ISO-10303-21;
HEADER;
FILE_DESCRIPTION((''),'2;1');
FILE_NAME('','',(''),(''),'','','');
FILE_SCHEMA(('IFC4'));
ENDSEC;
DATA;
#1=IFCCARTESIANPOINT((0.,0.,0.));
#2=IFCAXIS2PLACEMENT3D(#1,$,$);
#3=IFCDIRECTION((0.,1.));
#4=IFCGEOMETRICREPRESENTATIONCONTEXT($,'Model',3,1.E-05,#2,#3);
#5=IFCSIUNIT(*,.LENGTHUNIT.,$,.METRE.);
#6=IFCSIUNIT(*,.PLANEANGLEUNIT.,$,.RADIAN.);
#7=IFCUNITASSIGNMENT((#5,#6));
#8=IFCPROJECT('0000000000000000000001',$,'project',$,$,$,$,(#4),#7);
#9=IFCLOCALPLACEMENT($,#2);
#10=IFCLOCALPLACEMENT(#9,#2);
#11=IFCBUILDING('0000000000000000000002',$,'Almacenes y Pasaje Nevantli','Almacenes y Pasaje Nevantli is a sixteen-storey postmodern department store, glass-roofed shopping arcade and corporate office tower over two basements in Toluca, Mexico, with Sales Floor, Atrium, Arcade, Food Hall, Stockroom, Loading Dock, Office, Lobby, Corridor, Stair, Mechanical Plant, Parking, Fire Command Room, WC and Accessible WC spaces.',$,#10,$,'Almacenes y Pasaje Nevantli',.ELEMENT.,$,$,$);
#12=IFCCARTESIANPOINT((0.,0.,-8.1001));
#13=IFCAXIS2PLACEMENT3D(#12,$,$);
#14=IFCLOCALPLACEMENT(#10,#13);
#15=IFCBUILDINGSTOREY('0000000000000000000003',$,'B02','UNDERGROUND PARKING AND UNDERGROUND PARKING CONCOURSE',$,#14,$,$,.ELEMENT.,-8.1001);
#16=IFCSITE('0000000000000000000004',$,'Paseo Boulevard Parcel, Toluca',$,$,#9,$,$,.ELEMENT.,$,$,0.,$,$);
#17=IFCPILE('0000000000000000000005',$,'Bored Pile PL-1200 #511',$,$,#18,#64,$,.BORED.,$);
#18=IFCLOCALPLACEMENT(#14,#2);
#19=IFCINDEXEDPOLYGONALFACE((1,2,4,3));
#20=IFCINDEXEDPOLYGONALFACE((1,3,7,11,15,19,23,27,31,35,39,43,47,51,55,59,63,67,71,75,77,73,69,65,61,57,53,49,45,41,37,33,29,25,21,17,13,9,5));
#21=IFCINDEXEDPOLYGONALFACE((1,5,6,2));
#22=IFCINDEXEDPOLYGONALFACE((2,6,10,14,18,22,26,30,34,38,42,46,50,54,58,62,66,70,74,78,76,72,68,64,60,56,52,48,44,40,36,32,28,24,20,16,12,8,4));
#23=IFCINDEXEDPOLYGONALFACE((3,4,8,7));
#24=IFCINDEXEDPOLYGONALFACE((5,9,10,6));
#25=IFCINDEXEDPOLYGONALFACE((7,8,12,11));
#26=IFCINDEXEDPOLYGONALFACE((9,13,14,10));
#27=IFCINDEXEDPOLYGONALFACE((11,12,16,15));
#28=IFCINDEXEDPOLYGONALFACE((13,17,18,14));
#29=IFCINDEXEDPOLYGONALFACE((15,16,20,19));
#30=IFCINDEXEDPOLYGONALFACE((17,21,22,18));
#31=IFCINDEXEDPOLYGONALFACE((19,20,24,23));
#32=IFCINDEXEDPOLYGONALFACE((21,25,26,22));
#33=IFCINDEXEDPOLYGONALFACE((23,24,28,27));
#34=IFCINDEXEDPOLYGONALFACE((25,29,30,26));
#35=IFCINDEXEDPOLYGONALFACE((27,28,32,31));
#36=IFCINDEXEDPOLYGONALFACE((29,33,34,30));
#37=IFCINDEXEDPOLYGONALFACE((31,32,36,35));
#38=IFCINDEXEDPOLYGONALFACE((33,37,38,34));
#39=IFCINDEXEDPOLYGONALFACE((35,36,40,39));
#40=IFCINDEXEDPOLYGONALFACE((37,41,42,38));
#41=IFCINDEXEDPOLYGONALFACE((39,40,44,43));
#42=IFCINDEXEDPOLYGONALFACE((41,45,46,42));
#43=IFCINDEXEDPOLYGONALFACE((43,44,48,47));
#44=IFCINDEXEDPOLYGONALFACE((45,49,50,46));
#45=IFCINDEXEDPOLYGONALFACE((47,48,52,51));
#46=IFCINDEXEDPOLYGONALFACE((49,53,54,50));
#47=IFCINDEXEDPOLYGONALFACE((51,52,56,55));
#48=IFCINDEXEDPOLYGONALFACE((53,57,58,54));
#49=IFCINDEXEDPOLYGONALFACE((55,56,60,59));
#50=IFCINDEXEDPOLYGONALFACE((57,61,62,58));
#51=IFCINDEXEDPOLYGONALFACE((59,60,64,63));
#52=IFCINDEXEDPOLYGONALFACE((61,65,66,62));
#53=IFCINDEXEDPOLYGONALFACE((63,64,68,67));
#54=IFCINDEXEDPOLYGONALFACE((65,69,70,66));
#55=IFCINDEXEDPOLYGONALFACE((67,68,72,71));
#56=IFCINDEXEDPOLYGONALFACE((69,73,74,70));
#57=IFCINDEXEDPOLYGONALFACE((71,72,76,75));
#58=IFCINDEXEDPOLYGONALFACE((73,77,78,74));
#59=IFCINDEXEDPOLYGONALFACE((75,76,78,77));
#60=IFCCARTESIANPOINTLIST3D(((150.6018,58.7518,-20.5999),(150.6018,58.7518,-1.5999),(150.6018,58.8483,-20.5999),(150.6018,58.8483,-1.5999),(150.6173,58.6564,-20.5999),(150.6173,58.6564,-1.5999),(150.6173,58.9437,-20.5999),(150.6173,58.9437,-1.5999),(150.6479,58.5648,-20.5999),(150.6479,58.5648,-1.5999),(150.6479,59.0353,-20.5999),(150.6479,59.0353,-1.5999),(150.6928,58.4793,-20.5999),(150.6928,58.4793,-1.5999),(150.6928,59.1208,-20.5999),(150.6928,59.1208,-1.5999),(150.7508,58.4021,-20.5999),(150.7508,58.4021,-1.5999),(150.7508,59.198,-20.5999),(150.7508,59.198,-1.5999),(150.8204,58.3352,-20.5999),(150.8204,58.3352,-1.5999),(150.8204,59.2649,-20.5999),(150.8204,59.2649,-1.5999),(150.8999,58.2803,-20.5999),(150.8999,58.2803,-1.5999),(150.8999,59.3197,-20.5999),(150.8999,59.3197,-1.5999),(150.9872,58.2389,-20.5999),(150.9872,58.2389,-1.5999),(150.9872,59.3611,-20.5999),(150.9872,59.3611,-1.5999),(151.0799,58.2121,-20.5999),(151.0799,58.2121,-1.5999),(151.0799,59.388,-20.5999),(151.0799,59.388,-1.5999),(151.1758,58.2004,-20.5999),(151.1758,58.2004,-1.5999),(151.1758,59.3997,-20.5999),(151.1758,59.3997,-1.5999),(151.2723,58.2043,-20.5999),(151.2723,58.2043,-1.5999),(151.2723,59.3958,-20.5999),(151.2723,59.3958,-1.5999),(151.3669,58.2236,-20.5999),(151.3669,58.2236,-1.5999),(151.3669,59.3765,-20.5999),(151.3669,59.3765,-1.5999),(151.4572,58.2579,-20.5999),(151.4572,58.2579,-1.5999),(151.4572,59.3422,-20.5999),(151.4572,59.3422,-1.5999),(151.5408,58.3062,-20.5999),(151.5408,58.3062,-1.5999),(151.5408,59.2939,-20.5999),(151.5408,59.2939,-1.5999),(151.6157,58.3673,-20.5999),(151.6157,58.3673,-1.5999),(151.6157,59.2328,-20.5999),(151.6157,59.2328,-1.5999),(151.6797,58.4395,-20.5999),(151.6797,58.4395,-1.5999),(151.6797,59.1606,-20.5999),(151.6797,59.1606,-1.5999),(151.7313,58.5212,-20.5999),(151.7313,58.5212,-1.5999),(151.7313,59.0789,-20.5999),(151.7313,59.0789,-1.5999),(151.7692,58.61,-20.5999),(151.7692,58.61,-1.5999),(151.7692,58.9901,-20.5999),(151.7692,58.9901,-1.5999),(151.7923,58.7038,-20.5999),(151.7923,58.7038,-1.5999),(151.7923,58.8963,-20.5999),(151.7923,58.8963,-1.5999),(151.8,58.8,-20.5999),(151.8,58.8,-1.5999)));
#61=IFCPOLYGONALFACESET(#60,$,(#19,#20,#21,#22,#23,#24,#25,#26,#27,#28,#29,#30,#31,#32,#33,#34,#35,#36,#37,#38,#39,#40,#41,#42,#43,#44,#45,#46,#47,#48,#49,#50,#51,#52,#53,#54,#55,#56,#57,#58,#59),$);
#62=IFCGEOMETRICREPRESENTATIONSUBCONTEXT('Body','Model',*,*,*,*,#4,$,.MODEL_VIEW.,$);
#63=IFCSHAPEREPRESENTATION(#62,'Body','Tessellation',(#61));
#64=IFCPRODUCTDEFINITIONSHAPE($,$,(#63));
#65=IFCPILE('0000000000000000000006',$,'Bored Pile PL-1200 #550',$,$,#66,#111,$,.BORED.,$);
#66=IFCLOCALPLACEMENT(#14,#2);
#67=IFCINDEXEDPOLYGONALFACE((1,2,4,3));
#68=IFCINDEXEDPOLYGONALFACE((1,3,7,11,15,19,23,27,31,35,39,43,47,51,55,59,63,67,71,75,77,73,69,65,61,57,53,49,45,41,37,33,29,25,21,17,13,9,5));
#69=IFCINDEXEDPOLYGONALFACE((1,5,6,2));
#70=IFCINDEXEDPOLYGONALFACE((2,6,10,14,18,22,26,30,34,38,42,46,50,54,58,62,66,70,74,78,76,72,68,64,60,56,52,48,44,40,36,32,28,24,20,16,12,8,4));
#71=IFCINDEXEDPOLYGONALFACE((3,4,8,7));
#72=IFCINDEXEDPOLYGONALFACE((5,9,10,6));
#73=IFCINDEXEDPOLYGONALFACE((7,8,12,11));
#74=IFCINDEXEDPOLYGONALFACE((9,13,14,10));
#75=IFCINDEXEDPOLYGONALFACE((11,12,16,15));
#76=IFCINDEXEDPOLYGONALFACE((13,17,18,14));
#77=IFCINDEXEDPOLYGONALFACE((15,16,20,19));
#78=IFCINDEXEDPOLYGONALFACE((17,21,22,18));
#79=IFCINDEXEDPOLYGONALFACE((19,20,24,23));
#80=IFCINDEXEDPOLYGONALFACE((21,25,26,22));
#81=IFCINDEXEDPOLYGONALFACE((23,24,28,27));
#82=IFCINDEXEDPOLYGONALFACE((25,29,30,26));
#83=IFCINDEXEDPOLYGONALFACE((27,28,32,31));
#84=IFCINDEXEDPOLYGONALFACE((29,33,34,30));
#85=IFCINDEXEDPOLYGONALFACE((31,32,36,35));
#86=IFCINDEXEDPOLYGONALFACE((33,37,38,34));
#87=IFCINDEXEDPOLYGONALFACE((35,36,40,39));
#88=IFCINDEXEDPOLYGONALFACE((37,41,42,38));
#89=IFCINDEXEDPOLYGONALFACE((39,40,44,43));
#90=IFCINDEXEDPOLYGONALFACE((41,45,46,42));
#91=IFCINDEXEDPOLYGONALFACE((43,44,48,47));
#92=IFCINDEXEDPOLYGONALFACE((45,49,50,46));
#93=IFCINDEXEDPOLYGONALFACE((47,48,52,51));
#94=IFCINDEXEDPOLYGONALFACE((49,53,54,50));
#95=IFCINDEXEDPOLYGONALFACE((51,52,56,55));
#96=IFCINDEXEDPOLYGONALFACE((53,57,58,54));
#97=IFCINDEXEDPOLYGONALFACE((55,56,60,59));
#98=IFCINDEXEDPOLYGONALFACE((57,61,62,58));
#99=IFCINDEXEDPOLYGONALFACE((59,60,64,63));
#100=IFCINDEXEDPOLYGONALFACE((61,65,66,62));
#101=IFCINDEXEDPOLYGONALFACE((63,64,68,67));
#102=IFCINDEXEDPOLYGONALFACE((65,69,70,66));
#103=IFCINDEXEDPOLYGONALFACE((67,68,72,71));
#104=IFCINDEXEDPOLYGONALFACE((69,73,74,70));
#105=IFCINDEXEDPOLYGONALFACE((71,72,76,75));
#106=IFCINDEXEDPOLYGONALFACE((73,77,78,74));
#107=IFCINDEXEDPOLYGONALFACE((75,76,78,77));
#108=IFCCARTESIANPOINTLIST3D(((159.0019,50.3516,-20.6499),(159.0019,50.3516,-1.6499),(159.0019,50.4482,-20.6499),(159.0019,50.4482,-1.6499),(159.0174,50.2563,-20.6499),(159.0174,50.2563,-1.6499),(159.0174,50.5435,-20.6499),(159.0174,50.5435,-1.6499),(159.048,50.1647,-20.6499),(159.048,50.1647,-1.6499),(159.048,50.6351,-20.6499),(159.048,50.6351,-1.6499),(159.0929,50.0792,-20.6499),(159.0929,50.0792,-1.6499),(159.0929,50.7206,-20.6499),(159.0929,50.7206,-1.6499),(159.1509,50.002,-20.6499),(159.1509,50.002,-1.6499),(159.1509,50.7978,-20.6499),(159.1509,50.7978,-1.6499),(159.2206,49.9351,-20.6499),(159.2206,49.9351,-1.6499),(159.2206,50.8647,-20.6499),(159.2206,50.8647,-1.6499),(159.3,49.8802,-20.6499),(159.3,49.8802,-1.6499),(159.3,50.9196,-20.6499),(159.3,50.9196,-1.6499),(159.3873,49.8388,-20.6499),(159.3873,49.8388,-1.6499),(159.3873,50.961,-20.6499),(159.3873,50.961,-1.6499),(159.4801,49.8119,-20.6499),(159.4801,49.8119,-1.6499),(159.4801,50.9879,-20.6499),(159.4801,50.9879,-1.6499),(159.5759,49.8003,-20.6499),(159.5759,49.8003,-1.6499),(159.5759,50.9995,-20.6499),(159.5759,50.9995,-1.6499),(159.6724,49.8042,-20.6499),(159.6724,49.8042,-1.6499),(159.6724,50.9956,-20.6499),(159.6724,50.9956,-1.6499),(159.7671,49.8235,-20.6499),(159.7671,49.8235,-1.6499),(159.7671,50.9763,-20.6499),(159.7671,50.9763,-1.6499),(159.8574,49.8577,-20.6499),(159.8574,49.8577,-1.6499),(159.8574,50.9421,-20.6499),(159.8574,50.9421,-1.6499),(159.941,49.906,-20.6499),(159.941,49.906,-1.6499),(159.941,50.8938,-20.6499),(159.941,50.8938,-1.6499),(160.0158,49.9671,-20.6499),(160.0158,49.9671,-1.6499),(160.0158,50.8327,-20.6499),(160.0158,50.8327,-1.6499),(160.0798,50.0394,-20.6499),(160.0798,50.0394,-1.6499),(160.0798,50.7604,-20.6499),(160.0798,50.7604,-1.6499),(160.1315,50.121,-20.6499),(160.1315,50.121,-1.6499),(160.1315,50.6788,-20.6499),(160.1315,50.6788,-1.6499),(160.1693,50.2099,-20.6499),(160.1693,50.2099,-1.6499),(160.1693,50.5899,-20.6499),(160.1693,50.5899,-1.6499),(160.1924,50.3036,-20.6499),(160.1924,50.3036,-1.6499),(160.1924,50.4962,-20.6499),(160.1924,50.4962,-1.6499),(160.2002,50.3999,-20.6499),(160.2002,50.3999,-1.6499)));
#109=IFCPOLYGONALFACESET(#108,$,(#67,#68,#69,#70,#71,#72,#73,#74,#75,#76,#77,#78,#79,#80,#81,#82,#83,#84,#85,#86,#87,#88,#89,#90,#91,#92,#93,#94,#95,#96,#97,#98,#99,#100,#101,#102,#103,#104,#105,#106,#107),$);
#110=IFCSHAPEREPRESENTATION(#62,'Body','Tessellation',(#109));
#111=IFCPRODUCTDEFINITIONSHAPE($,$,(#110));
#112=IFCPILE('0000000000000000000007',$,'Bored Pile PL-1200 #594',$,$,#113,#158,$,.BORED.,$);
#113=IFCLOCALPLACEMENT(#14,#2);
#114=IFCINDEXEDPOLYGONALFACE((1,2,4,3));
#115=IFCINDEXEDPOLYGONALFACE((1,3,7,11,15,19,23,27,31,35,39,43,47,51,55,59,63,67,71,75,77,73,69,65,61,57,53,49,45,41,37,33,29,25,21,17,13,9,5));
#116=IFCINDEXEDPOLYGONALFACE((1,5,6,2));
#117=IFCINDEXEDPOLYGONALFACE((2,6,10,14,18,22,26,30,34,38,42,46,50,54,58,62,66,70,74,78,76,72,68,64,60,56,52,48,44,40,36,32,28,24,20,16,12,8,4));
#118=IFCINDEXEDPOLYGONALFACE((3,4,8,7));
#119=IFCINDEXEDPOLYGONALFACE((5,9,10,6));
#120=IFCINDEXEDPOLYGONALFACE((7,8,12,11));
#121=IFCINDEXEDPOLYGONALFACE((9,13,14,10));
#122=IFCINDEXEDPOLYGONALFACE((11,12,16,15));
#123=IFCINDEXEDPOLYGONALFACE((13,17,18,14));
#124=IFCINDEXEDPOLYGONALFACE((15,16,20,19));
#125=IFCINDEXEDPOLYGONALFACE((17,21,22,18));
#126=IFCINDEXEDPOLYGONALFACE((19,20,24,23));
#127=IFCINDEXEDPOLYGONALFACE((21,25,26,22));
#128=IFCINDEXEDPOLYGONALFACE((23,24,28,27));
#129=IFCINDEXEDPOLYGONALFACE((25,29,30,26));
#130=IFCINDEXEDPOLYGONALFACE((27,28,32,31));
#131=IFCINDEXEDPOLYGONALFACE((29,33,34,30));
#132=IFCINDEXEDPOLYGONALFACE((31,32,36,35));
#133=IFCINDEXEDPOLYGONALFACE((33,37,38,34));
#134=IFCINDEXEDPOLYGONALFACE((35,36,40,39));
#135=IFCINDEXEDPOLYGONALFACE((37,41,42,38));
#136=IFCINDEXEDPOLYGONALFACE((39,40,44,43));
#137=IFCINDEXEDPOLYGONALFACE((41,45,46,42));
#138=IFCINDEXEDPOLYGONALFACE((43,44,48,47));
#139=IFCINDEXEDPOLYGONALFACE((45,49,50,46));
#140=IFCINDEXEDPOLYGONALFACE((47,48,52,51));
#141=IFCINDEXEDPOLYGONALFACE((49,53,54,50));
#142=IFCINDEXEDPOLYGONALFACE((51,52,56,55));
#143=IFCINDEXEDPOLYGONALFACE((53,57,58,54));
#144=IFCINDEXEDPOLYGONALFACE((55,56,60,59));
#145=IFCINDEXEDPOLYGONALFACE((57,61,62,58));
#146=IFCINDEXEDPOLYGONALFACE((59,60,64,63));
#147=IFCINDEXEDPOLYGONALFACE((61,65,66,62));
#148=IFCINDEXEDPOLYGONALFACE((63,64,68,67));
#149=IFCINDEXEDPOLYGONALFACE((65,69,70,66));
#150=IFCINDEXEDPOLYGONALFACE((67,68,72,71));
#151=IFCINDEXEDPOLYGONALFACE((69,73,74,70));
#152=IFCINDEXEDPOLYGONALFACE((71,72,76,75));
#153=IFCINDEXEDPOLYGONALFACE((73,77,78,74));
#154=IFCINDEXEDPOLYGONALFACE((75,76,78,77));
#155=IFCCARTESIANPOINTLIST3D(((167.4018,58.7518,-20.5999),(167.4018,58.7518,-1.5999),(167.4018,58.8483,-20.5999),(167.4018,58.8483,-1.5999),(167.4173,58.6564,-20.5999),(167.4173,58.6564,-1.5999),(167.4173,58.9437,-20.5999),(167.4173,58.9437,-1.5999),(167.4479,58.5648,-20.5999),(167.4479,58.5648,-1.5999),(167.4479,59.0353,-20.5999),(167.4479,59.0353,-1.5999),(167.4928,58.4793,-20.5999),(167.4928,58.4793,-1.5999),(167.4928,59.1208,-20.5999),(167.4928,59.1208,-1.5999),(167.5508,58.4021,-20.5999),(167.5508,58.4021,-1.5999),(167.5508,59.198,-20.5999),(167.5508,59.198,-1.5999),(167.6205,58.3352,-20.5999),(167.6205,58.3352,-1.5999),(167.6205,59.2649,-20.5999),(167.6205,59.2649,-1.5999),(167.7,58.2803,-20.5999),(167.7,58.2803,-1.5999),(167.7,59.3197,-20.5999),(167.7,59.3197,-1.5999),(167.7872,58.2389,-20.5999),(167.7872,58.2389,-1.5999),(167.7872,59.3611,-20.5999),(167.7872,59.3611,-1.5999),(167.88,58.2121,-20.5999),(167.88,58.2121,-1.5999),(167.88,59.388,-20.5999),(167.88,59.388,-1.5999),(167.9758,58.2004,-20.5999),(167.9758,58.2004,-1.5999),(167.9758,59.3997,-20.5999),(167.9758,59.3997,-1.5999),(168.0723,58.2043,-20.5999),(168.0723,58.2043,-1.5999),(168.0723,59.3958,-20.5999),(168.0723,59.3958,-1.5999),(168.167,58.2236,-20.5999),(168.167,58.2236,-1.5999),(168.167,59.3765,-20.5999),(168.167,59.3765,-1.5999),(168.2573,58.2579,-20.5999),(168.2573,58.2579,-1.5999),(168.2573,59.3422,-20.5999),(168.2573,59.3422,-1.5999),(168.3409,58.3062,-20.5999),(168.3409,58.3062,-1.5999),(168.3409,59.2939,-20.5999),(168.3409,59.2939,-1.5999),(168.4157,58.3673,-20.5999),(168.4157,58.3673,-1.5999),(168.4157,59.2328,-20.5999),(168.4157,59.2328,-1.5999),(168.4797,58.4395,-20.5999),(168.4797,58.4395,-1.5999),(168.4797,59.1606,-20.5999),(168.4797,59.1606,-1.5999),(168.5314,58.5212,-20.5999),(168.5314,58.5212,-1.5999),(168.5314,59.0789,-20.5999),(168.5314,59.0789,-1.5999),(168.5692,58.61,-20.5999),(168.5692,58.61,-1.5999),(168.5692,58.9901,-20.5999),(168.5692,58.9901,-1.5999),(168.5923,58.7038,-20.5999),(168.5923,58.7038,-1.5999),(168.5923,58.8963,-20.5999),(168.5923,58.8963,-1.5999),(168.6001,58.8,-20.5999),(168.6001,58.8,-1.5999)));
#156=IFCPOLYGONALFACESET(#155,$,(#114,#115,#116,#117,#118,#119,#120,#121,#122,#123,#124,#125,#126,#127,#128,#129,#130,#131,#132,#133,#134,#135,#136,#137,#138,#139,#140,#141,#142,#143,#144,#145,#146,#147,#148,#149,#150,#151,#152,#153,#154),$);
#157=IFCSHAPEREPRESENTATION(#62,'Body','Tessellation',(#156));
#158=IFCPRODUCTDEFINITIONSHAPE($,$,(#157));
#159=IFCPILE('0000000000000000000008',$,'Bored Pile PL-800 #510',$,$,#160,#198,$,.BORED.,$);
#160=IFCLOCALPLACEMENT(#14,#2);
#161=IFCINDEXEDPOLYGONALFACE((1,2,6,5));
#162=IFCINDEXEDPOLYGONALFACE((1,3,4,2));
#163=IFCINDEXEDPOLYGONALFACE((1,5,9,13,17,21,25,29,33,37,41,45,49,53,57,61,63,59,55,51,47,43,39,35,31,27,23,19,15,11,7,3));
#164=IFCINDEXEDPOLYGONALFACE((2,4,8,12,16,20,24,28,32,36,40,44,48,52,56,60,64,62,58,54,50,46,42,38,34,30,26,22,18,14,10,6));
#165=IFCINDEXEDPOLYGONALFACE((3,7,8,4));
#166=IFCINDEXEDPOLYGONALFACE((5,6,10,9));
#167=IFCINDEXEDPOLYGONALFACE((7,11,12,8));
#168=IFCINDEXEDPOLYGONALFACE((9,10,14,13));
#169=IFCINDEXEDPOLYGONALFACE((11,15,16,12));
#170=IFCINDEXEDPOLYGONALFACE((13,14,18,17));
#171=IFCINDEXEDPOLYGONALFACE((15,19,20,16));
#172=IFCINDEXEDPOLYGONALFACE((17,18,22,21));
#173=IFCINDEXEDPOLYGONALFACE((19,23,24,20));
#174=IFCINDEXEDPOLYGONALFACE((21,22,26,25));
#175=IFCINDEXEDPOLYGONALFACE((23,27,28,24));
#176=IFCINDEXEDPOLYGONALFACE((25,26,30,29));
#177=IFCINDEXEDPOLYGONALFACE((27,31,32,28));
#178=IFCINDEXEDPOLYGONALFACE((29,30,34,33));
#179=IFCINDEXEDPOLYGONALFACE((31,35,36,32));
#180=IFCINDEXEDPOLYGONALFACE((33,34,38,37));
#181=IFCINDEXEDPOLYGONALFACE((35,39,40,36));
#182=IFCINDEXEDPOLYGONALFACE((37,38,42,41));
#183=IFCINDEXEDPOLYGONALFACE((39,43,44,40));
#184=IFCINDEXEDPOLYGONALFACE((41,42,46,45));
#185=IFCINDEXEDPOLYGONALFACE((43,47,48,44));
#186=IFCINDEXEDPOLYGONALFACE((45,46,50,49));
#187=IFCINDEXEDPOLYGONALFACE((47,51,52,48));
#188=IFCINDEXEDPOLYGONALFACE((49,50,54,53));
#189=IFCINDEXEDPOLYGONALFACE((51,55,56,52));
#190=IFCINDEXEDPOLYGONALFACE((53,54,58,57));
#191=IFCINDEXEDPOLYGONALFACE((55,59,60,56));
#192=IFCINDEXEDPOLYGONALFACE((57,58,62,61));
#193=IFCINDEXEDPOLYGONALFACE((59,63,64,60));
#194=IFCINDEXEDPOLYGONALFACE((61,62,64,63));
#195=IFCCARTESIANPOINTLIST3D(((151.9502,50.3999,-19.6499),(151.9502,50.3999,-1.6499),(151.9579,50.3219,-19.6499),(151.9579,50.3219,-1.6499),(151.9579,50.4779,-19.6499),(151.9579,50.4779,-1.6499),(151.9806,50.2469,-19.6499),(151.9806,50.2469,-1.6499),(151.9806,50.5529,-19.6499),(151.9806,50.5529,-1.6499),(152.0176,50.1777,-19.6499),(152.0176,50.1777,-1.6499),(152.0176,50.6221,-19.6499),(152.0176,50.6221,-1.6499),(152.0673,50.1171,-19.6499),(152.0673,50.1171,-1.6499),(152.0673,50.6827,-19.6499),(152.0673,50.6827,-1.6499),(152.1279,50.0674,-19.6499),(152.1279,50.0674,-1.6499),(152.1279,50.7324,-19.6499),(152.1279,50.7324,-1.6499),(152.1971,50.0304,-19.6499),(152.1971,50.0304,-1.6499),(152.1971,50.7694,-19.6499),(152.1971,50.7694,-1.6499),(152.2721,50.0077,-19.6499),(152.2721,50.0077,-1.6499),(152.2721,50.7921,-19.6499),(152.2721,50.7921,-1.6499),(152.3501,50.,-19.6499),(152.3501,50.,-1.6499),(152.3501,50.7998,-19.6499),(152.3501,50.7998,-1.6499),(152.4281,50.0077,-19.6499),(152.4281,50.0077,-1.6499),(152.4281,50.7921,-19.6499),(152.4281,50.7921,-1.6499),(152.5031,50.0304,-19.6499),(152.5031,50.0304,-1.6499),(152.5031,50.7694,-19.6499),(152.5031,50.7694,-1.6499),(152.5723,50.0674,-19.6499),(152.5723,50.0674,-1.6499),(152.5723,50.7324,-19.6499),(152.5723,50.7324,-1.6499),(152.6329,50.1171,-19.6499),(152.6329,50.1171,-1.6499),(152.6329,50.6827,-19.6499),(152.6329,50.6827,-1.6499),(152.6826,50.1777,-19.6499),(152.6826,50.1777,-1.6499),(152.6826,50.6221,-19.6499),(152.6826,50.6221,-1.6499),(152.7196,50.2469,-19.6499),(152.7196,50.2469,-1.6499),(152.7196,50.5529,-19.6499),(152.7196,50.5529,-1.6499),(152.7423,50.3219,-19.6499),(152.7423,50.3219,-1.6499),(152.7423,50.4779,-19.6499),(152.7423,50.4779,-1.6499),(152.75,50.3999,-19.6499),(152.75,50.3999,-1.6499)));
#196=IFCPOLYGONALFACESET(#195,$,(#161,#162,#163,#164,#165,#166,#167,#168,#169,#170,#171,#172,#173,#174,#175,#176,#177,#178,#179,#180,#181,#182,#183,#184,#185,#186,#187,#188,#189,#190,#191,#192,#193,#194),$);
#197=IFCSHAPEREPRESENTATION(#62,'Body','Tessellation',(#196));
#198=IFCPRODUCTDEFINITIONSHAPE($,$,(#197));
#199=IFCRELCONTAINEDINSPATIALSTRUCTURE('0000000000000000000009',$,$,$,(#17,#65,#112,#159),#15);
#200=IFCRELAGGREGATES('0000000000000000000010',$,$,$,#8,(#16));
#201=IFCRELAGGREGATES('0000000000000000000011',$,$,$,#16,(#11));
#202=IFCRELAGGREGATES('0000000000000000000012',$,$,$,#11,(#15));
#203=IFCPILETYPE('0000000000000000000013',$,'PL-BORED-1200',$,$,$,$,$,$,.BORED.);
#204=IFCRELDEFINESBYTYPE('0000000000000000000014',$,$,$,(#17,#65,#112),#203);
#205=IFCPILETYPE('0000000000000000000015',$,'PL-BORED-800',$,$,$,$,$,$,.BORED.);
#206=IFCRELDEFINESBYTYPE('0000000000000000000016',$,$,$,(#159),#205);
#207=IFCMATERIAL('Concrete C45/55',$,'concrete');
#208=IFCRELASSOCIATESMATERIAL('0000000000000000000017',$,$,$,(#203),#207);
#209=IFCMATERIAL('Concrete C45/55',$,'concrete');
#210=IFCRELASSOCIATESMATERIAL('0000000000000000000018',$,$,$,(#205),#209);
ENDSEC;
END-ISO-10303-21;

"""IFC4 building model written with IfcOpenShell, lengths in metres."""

from ifc_helpers import new_model, si_unit, direction, frame, origin, origin_2d, place, context, subcontext, project, spatial, circle, extrude, material, material_profile, profile_set, type_object, element, save


model = new_model("IFC4")

# Units and contexts
model_context = context("Model", 3, precision=1e-05, world=origin(), true_north=direction((0.0, 1.0)))
body_context = subcontext(model_context, "Body", "Model", "MODEL_VIEW")
ifc_project = project(units=[si_unit("LENGTHUNIT", "METRE"), si_unit("PLANEANGLEUNIT", "RADIAN")], contexts=[model_context])

# Site, building, storey
site_placement = place(None, origin())
site = spatial("IfcSite", under=ifc_project, at=site_placement, Name="Paseo Boulevard Parcel, Toluca", CompositionType="ELEMENT", RefElevation=0.0)
building_placement = place(site_placement, origin())
building = spatial("IfcBuilding", under=site, at=building_placement, Name="Almacenes y Pasaje Nevantli", Description="Almacenes y Pasaje Nevantli is a sixteen-storey postmodern department store, glass-roofed shopping arcade and corporate office tower over two basements in Toluca, Mexico, with Sales Floor, Atrium, Arcade, Food Hall, Stockroom, Loading Dock, Office, Lobby, Corridor, Stair, Mechanical Plant, Parking, Fire Command Room, WC and Accessible WC spaces.", LongName="Almacenes y Pasaje Nevantli", CompositionType="ELEMENT")
storey_placement = place(building_placement, frame((0.0, 0.0, -8.1001)))
storey = spatial("IfcBuildingStorey", under=building, at=storey_placement, Name="B02", Description="UNDERGROUND PARKING AND UNDERGROUND PARKING CONCOURSE", CompositionType="ELEMENT", Elevation=-8.1001)

# Piles
ifc_material_1 = material(Name="Concrete C45/55", Category="concrete")
ifc_material_profile_1 = material_profile(ifc_material_1, circle(Radius=0.6001, at=origin_2d()), Name="RC-PILE-D1200")
ifc_profile_set_1 = profile_set([ifc_material_profile_1], Name="Concrete C45/55")
pile_type_1 = type_object("IfcPileType", Name="PL-BORED-1200", PredefinedType="BORED", material=ifc_profile_set_1)
for number, where, z_axis, x_axis, name in (
    (1, (151.2, 58.8, -1.5999), (0.0, 0.0, -1.0), (1.0, 0.0, 0.0), "Bored Pile PL-1200 #511"),
    (2, (159.6001, 50.3999, -1.6499), (0.0, 0.0, -1.0), (1.0, 0.0, 0.0), "Bored Pile PL-1200 #550"),
    (3, (168.0, 58.8, -1.5999), (0.0, 0.0, -1.0), (1.0, 0.0, 0.0), "Bored Pile PL-1200 #594"),
):
    element("IfcPile", number, at=place(storey_placement, frame(where, z_axis=z_axis, x_axis=x_axis)), inside=storey, type_object=pile_type_1, Name=name, PredefinedType="BORED", context=body_context, shape_type="SweptSolid", body=[
        extrude(circle(Radius=0.6001, at=origin_2d()), origin(), (0.0, 0.0, 1.0), 19.0),
    ])
ifc_material_2 = material(Name="Concrete C45/55", Category="concrete")
ifc_material_profile_2 = material_profile(ifc_material_2, circle(Radius=0.3999, at=origin_2d()), Name="RC-PILE-D800")
ifc_profile_set_2 = profile_set([ifc_material_profile_2], Name="Concrete C45/55")
pile_type_2 = type_object("IfcPileType", Name="PL-BORED-800", PredefinedType="BORED", material=ifc_profile_set_2)
for number, where, z_axis, x_axis, name in (
    (4, (152.3501, 50.3999, -1.6499), (0.0, 0.0, -1.0), (1.0, 0.0, 0.0), "Bored Pile PL-800 #510"),
):
    element("IfcPile", number, at=place(storey_placement, frame(where, z_axis=z_axis, x_axis=x_axis)), inside=storey, type_object=pile_type_2, Name=name, PredefinedType="BORED", context=body_context, shape_type="SweptSolid", body=[
        extrude(circle(Radius=0.3999, at=origin_2d()), origin(), (0.0, 0.0, 1.0), 18.0),
    ])

save(model, "model.ifc")
